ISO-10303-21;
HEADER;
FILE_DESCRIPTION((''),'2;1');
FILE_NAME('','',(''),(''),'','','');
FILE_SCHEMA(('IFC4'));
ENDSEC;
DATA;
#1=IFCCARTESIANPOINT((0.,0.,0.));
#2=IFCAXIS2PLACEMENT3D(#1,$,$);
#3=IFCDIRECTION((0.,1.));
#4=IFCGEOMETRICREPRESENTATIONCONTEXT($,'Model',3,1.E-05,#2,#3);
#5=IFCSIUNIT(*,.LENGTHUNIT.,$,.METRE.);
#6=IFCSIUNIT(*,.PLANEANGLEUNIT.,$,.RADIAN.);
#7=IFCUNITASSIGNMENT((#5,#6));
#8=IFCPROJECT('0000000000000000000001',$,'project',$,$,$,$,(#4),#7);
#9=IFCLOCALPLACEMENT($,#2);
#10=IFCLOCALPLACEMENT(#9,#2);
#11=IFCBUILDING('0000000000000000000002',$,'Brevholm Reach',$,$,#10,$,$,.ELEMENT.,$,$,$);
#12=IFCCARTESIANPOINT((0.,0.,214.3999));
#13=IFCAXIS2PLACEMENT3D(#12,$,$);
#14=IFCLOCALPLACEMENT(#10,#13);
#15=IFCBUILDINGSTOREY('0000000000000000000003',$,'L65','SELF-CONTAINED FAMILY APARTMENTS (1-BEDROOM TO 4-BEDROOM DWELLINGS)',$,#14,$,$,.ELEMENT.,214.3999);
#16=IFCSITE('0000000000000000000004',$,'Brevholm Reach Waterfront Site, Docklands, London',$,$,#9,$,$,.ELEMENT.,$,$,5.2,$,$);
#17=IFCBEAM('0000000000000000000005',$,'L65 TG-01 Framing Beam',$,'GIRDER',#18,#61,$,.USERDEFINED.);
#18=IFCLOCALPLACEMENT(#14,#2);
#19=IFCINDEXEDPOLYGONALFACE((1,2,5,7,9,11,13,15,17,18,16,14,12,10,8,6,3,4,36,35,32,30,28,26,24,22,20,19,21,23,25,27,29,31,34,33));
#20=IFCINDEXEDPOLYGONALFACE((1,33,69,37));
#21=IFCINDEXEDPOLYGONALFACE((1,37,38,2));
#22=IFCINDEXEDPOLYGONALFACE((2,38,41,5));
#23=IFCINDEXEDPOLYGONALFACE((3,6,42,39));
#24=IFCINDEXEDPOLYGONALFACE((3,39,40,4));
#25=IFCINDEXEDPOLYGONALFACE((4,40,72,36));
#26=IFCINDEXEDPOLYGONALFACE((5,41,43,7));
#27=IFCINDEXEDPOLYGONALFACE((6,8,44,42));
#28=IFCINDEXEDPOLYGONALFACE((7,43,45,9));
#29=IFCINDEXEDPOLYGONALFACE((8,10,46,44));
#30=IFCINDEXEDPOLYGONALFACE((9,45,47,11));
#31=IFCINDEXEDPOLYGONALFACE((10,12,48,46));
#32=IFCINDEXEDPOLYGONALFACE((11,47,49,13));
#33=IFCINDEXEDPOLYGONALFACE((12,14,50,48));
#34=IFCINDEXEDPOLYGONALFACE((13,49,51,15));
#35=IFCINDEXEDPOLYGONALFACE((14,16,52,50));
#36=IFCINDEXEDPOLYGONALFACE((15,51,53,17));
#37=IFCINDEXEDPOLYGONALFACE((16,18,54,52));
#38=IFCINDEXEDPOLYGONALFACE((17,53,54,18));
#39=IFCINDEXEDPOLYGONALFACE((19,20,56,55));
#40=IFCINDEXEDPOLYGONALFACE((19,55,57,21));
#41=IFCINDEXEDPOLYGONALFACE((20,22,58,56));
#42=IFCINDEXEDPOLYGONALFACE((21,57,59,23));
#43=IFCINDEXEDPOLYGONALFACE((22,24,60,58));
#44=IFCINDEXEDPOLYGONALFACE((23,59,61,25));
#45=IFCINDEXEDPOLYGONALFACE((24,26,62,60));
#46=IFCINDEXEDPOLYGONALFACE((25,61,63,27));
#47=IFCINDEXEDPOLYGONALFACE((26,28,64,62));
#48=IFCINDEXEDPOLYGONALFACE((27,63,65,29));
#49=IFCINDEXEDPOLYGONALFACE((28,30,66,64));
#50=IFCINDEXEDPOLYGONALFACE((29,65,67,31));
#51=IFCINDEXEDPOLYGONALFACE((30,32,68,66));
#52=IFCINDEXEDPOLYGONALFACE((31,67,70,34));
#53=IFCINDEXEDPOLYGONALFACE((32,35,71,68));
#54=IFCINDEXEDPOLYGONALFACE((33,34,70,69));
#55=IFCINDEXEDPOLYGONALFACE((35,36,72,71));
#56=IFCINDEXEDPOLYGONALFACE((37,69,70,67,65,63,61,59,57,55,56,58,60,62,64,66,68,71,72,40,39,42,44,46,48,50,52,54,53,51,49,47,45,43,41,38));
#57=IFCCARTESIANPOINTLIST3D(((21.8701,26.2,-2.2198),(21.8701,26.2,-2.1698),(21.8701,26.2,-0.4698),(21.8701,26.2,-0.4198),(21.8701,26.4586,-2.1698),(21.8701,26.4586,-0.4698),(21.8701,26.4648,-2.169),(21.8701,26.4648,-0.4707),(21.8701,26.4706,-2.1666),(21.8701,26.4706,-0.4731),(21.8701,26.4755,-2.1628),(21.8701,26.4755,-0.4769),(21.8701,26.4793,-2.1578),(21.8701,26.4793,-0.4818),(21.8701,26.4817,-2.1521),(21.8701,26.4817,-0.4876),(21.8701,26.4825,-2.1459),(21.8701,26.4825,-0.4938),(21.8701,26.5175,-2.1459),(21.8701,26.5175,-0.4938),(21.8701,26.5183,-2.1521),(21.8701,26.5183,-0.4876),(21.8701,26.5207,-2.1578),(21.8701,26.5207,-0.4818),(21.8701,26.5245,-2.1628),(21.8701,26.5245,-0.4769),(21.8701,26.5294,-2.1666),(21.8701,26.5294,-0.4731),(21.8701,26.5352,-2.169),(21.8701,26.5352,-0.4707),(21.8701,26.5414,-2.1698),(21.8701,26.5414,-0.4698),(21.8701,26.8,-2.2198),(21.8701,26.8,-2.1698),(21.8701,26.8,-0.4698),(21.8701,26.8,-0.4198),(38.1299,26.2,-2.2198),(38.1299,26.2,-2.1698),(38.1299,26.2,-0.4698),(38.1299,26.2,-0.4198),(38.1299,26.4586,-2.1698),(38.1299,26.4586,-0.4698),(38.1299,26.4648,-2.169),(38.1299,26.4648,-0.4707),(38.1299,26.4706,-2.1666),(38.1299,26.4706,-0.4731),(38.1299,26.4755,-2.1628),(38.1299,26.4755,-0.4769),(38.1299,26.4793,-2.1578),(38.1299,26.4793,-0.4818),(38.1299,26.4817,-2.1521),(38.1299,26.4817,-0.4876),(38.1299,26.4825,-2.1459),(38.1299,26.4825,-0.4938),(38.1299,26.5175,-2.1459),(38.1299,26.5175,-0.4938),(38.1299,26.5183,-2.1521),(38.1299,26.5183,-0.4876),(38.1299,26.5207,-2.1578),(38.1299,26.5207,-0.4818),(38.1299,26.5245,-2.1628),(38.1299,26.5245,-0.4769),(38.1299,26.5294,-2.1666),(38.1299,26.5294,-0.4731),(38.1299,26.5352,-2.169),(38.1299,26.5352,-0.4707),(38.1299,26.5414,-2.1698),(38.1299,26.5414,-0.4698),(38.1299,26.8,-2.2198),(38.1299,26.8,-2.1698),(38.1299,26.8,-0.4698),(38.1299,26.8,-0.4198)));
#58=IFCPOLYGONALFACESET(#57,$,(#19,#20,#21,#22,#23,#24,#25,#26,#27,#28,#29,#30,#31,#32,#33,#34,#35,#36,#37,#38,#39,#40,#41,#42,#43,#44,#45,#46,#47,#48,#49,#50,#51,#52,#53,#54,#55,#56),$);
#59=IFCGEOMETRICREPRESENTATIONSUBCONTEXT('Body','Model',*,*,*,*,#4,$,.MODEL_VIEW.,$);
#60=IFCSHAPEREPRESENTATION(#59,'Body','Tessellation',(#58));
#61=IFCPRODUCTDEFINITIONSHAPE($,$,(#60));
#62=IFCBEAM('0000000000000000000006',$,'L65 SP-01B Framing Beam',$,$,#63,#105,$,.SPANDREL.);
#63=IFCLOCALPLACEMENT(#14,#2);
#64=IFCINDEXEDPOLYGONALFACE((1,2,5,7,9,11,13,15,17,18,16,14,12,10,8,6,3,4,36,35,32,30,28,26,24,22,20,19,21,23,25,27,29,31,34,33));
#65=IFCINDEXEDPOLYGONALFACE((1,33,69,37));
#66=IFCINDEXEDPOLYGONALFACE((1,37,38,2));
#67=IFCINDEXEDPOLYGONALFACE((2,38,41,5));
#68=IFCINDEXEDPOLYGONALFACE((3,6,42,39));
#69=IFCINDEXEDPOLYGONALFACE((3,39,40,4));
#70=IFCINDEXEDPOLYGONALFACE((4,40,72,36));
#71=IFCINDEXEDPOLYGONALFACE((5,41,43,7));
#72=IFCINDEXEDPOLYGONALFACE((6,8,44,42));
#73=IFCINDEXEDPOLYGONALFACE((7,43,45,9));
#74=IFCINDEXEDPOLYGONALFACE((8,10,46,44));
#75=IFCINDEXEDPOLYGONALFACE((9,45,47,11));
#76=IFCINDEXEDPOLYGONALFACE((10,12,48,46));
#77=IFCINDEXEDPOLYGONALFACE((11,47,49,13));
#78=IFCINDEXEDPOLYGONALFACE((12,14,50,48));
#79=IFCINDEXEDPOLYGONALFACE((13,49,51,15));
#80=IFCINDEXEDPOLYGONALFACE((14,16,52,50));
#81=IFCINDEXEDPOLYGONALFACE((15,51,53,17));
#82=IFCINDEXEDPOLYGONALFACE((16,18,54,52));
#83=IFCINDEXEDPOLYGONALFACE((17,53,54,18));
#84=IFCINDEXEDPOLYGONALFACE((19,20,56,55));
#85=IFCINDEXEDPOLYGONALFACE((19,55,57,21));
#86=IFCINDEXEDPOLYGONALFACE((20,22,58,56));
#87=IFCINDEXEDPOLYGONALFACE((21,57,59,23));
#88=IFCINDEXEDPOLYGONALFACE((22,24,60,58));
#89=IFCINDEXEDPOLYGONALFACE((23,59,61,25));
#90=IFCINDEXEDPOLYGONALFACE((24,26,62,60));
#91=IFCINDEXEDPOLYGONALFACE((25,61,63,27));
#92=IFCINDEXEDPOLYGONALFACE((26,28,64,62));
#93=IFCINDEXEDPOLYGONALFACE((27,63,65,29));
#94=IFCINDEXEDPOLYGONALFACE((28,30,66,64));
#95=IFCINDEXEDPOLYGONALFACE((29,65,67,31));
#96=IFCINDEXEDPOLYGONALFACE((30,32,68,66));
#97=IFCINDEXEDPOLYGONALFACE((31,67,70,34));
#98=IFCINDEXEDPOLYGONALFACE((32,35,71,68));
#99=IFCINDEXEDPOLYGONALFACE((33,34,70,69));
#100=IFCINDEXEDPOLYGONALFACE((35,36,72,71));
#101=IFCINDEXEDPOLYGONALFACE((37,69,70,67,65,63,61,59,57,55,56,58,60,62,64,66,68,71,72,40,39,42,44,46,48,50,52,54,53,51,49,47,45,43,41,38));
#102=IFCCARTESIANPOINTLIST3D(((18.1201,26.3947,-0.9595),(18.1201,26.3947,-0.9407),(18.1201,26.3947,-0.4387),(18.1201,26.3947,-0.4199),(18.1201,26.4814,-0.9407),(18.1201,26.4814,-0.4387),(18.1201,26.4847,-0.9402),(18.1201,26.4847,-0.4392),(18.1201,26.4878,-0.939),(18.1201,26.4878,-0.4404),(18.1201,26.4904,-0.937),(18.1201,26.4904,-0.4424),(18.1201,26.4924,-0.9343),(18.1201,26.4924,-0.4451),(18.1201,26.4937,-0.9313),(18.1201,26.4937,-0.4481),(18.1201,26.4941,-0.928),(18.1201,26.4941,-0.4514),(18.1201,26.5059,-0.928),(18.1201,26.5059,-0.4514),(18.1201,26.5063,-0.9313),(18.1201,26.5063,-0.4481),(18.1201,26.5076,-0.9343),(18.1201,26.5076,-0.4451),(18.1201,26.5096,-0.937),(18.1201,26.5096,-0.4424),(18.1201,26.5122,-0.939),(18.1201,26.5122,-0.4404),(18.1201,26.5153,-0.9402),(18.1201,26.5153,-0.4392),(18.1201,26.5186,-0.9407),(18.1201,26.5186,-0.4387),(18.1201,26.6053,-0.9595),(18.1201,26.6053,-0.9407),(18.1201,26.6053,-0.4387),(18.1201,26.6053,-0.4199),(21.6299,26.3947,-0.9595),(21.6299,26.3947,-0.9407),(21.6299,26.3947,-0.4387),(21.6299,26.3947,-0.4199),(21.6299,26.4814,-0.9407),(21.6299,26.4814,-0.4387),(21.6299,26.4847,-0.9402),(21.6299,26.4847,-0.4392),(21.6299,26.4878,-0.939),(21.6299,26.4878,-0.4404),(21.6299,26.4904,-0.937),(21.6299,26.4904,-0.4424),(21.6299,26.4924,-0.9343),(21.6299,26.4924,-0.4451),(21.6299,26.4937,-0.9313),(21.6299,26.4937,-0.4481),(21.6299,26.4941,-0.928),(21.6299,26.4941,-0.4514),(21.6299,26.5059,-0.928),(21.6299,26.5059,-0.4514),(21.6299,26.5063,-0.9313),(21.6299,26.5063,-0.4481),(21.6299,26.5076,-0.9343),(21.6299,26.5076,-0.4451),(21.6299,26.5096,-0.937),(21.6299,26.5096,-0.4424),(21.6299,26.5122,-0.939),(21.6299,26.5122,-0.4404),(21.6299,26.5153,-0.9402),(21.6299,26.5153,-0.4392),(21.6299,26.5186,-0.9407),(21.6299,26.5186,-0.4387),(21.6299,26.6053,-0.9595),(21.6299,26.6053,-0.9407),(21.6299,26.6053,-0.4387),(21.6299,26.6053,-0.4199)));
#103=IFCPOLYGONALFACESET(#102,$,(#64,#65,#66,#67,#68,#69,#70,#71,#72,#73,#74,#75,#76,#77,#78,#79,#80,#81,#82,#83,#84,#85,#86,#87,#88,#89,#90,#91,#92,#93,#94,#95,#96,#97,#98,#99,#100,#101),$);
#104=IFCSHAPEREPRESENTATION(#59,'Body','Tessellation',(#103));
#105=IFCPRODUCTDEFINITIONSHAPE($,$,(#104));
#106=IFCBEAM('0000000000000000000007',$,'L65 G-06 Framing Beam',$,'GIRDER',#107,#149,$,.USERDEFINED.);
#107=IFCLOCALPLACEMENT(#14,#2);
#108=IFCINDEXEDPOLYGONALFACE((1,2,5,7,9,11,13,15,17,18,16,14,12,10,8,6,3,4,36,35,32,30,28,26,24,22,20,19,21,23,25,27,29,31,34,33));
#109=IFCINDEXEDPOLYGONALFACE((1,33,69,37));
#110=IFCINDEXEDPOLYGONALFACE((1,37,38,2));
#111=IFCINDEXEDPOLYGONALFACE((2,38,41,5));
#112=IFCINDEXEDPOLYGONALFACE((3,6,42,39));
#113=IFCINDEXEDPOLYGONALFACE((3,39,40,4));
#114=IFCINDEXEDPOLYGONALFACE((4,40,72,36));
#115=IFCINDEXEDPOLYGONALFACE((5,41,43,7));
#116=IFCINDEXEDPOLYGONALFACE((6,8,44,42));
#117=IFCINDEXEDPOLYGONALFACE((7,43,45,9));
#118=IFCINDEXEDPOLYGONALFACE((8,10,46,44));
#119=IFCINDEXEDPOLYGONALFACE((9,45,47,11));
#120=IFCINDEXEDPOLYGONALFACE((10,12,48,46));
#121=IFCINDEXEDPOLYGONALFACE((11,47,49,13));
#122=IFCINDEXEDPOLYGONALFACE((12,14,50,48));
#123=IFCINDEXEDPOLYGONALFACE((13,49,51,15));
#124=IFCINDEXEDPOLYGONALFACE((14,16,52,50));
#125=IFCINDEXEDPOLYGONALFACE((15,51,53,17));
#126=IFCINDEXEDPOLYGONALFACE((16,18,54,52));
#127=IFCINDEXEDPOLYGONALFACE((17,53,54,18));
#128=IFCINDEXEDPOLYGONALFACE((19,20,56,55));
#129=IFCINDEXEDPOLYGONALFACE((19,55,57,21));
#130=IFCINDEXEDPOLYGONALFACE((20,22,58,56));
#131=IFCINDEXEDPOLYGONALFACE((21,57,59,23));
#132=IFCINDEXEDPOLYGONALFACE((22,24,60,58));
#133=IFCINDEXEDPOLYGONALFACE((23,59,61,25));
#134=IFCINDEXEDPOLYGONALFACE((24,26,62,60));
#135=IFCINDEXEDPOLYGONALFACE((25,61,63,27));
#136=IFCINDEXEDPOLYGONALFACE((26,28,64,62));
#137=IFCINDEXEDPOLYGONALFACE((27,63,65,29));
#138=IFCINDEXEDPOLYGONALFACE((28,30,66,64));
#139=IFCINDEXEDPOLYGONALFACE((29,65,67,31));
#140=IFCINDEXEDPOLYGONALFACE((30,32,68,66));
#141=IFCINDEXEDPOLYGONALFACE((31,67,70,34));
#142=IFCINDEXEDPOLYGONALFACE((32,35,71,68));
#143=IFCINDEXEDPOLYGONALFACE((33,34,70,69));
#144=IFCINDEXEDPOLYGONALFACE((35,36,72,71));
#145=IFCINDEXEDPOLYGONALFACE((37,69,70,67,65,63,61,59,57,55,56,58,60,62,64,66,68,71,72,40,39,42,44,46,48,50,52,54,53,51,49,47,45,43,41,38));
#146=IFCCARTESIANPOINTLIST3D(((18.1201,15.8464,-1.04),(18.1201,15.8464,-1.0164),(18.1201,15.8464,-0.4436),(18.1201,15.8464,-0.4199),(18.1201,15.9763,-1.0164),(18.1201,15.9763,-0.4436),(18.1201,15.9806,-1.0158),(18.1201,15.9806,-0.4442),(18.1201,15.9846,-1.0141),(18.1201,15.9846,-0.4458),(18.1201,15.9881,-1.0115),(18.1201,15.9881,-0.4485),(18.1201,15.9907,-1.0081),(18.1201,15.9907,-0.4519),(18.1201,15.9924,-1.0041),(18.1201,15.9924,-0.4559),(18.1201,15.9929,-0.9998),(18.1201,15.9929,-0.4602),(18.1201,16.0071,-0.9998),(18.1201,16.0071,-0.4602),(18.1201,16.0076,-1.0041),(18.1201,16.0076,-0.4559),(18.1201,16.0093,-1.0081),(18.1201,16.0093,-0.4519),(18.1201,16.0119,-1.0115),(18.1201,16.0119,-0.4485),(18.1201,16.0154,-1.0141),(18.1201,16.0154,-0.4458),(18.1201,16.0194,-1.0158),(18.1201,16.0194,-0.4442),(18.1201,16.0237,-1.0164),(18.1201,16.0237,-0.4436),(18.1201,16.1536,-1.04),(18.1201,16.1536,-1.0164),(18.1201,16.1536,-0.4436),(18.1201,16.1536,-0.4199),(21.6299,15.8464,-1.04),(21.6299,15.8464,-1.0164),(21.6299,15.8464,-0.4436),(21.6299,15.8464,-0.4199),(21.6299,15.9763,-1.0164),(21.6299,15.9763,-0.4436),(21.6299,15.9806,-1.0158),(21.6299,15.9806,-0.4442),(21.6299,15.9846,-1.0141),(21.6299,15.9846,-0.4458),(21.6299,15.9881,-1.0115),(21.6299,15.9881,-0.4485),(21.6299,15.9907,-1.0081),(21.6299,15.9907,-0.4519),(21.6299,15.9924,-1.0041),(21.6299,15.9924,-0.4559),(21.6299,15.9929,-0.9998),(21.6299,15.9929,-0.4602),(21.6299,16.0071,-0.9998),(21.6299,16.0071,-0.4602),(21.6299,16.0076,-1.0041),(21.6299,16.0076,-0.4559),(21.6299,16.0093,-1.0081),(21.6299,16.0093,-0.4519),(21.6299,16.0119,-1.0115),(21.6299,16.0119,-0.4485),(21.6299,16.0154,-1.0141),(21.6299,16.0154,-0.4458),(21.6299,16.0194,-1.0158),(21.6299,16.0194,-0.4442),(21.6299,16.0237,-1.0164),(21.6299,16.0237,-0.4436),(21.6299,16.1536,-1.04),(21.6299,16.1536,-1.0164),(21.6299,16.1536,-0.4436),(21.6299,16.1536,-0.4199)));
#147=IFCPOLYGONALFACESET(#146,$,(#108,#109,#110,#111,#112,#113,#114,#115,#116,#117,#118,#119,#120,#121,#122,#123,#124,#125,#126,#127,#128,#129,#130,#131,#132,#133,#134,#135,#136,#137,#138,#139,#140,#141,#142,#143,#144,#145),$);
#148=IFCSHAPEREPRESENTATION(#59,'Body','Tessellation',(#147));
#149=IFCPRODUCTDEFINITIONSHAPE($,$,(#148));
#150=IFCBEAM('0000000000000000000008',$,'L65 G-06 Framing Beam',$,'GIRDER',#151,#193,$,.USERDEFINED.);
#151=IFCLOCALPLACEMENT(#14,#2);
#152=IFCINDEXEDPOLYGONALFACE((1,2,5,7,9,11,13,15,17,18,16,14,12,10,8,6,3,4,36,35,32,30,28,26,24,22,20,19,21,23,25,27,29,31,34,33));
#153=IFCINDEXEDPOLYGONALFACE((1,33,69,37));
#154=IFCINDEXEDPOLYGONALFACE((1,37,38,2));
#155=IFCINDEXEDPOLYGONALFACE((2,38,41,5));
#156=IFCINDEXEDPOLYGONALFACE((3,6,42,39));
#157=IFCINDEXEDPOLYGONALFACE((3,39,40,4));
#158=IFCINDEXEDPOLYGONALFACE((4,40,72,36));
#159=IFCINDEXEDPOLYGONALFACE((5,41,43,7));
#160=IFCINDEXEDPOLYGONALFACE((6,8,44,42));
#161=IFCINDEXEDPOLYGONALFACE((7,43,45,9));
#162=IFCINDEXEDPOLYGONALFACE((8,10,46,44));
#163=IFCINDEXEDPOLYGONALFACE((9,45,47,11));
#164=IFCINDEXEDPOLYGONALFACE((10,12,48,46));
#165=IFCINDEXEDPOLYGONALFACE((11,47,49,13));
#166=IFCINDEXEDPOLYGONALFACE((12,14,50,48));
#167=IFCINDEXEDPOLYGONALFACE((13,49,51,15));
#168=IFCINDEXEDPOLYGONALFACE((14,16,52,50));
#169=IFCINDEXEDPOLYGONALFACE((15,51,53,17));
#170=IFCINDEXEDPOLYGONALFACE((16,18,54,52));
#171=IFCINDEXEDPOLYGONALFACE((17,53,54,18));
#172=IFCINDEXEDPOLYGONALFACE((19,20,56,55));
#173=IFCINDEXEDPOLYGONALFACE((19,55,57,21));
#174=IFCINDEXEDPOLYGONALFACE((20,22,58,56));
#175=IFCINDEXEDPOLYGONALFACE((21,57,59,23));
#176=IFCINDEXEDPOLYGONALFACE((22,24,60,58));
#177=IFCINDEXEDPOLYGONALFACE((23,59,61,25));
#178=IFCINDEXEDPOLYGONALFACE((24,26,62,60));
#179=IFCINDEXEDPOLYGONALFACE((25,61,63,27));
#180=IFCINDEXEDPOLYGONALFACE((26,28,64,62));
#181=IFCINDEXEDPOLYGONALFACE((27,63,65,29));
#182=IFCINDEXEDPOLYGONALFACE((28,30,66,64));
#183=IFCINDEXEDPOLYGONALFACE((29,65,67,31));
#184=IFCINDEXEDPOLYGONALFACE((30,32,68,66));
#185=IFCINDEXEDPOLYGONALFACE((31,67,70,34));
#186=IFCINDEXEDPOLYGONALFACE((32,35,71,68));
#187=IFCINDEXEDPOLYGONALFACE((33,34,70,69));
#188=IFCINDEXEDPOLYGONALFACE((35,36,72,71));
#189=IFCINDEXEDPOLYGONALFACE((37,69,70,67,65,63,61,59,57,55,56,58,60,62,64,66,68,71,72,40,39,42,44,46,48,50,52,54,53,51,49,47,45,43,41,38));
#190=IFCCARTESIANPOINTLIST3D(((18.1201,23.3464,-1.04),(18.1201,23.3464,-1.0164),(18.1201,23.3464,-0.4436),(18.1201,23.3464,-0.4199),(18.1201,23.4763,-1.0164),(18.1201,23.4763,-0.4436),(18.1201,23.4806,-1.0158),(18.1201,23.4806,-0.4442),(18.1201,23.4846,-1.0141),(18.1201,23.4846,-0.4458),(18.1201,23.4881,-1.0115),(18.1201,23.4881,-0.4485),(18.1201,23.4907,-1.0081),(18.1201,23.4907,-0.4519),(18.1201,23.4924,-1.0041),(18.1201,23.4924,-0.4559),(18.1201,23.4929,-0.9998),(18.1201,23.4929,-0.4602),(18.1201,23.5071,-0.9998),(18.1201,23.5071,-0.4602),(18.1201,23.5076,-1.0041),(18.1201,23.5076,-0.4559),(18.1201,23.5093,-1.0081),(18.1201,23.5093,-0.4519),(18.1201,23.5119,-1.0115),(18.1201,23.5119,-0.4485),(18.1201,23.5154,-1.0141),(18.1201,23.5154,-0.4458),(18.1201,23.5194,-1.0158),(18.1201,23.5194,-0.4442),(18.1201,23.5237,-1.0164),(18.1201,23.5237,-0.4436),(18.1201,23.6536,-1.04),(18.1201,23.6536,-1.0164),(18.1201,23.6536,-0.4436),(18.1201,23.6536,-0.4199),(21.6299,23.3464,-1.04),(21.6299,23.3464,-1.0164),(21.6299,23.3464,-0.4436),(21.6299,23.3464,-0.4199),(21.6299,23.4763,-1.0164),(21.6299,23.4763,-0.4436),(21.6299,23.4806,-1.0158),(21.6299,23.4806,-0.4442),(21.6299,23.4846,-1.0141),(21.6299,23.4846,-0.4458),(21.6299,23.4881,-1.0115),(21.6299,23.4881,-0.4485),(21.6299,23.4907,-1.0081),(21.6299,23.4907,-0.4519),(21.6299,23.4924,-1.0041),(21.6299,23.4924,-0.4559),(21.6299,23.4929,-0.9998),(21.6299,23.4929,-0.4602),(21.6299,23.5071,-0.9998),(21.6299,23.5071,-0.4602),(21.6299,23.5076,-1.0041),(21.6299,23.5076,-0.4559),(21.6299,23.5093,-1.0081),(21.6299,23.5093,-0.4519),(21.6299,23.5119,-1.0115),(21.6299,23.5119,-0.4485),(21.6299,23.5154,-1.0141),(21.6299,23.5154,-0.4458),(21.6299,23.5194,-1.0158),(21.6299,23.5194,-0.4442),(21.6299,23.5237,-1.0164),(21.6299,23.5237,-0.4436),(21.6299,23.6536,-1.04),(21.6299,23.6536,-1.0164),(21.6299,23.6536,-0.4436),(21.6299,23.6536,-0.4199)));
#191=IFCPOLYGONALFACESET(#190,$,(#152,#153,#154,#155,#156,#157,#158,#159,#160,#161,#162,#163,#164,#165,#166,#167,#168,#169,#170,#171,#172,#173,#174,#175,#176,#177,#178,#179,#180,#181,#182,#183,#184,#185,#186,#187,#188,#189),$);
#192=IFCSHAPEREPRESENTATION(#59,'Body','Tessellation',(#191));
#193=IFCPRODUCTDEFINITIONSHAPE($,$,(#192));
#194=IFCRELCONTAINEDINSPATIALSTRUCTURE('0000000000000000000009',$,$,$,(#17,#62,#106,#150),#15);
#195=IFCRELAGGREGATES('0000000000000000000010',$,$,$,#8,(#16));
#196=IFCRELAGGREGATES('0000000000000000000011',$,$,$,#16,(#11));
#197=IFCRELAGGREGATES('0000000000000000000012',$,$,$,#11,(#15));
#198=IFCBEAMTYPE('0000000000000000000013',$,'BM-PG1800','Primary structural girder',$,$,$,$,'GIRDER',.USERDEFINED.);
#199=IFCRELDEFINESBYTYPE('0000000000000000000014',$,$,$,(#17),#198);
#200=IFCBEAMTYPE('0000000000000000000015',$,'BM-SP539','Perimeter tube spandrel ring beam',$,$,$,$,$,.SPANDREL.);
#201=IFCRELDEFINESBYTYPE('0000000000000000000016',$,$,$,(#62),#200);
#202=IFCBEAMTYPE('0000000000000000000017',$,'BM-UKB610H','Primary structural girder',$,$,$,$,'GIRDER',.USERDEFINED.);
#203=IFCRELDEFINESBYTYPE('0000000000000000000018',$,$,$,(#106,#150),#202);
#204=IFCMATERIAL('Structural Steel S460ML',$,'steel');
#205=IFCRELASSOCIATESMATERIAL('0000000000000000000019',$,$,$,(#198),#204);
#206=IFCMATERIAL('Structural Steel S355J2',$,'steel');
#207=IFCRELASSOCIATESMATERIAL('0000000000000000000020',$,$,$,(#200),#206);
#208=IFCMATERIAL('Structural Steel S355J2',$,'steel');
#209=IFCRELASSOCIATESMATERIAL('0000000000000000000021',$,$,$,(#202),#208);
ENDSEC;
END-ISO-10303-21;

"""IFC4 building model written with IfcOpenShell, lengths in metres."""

from ifc_helpers import new_model, si_unit, direction, frame, origin, origin_2d, place, context, subcontext, project, spatial, i_section, extrude, material, material_profile, profile_set, type_object, element, save


model = new_model("IFC4")

# Units and contexts
model_context = context("Model", 3, precision=1e-05, world=origin(), true_north=direction((0.0, 1.0)))
body_context = subcontext(model_context, "Body", "Model", "MODEL_VIEW")
ifc_project = project(units=[si_unit("LENGTHUNIT", "METRE"), si_unit("PLANEANGLEUNIT", "RADIAN")], contexts=[model_context])

# Site, building, storey
site_placement = place(None, origin())
site = spatial("IfcSite", under=ifc_project, at=site_placement, Name="Brevholm Reach Waterfront Site, Docklands, London", CompositionType="ELEMENT", RefElevation=5.2)
building_placement = place(site_placement, origin())
building = spatial("IfcBuilding", under=site, at=building_placement, Name="Brevholm Reach", CompositionType="ELEMENT")
storey_placement = place(building_placement, frame((0.0, 0.0, 214.3999)))
storey = spatial("IfcBuildingStorey", under=building, at=storey_placement, Name="L65", Description="SELF-CONTAINED FAMILY APARTMENTS (1-BEDROOM TO 4-BEDROOM DWELLINGS)", CompositionType="ELEMENT", Elevation=214.3999)

# Beams
ifc_material_1 = material(Name="Structural Steel S460ML", Category="steel")
ifc_material_profile_1 = material_profile(ifc_material_1, i_section(OverallWidth=0.6001, OverallDepth=1.8, WebThickness=0.0349, FlangeThickness=0.05, FilletRadius=0.0239, at=origin_2d()), Name="PG 1800x600x50")
ifc_profile_set_1 = profile_set([ifc_material_profile_1], Name="Structural Steel S460ML")
beam_type_1 = type_object("IfcBeamType", Name="BM-PG1800", Description="Primary structural girder", ElementType="GIRDER", PredefinedType="USERDEFINED", material=ifc_profile_set_1)
for number, where, z_axis, x_axis, name in (
    (1, (21.8701, 26.5, -1.3198), (1.0, 0.0, 0.0), (0.0, 1.0, 0.0), "L65 TG-01 Framing Beam"),
):
    element("IfcBeam", number, at=place(storey_placement, frame(where, z_axis=z_axis, x_axis=x_axis)), inside=storey, type_object=beam_type_1, Name=name, ObjectType="GIRDER", PredefinedType="USERDEFINED", context=body_context, shape_type="SweptSolid", body=[
        extrude(i_section(OverallWidth=0.6001, OverallDepth=1.8, WebThickness=0.0349, FlangeThickness=0.05, FilletRadius=0.0239, at=origin_2d()), origin(), (0.0, 0.0, 1.0), 16.2598),
    ])
ifc_material_2 = material(Name="Structural Steel S355J2", Category="steel")
ifc_material_profile_2 = material_profile(ifc_material_2, i_section(OverallWidth=0.2107, OverallDepth=0.5396, WebThickness=0.0117, FlangeThickness=0.0188, FilletRadius=0.0127, at=origin_2d()), Name="UKB 533x210x109")
ifc_profile_set_2 = profile_set([ifc_material_profile_2], Name="Structural Steel S355J2")
beam_type_2 = type_object("IfcBeamType", Name="BM-SP539", Description="Perimeter tube spandrel ring beam", PredefinedType="SPANDREL", material=ifc_profile_set_2)
beam_1_placement = place(storey_placement, frame((18.1201, 26.5, -0.6897), z_axis=(1.0, 0.0, 0.0), x_axis=(0.0, 1.0, 0.0)))
element("IfcBeam", 2, at=beam_1_placement, inside=storey, type_object=beam_type_2, Name="L65 SP-01B Framing Beam", PredefinedType="SPANDREL", context=body_context, shape_type="SweptSolid", body=[
    extrude(i_section(OverallWidth=0.2107, OverallDepth=0.5396, WebThickness=0.0117, FlangeThickness=0.0188, FilletRadius=0.0127, at=origin_2d()), origin(), (0.0, 0.0, 1.0), 3.5098),
])
ifc_material_3 = material(Name="Structural Steel S355J2", Category="steel")
ifc_material_profile_3 = material_profile(ifc_material_3, i_section(OverallWidth=0.3071, OverallDepth=0.6201, WebThickness=0.0142, FlangeThickness=0.0237, FilletRadius=0.0166, at=origin_2d()), Name="UKB 610x305x179")
ifc_profile_set_3 = profile_set([ifc_material_profile_3], Name="Structural Steel S355J2")
beam_type_3 = type_object("IfcBeamType", Name="BM-UKB610H", Description="Primary structural girder", ElementType="GIRDER", PredefinedType="USERDEFINED", material=ifc_profile_set_3)
for number, where, z_axis, x_axis, name in (
    (3, (18.1201, 16.0, -0.73), (1.0, 0.0, 0.0), (0.0, 1.0, 0.0), "L65 G-06 Framing Beam"),
    (4, (18.1201, 23.5, -0.73), (1.0, 0.0, 0.0), (0.0, 1.0, 0.0), "L65 G-06 Framing Beam"),
):
    element("IfcBeam", number, at=place(storey_placement, frame(where, z_axis=z_axis, x_axis=x_axis)), inside=storey, type_object=beam_type_3, Name=name, ObjectType="GIRDER", PredefinedType="USERDEFINED", context=body_context, shape_type="SweptSolid", body=[
        extrude(i_section(OverallWidth=0.3071, OverallDepth=0.6201, WebThickness=0.0142, FlangeThickness=0.0237, FilletRadius=0.0166, at=origin_2d()), origin(), (0.0, 0.0, 1.0), 3.5098),
    ])

save(model, "model.ifc")
